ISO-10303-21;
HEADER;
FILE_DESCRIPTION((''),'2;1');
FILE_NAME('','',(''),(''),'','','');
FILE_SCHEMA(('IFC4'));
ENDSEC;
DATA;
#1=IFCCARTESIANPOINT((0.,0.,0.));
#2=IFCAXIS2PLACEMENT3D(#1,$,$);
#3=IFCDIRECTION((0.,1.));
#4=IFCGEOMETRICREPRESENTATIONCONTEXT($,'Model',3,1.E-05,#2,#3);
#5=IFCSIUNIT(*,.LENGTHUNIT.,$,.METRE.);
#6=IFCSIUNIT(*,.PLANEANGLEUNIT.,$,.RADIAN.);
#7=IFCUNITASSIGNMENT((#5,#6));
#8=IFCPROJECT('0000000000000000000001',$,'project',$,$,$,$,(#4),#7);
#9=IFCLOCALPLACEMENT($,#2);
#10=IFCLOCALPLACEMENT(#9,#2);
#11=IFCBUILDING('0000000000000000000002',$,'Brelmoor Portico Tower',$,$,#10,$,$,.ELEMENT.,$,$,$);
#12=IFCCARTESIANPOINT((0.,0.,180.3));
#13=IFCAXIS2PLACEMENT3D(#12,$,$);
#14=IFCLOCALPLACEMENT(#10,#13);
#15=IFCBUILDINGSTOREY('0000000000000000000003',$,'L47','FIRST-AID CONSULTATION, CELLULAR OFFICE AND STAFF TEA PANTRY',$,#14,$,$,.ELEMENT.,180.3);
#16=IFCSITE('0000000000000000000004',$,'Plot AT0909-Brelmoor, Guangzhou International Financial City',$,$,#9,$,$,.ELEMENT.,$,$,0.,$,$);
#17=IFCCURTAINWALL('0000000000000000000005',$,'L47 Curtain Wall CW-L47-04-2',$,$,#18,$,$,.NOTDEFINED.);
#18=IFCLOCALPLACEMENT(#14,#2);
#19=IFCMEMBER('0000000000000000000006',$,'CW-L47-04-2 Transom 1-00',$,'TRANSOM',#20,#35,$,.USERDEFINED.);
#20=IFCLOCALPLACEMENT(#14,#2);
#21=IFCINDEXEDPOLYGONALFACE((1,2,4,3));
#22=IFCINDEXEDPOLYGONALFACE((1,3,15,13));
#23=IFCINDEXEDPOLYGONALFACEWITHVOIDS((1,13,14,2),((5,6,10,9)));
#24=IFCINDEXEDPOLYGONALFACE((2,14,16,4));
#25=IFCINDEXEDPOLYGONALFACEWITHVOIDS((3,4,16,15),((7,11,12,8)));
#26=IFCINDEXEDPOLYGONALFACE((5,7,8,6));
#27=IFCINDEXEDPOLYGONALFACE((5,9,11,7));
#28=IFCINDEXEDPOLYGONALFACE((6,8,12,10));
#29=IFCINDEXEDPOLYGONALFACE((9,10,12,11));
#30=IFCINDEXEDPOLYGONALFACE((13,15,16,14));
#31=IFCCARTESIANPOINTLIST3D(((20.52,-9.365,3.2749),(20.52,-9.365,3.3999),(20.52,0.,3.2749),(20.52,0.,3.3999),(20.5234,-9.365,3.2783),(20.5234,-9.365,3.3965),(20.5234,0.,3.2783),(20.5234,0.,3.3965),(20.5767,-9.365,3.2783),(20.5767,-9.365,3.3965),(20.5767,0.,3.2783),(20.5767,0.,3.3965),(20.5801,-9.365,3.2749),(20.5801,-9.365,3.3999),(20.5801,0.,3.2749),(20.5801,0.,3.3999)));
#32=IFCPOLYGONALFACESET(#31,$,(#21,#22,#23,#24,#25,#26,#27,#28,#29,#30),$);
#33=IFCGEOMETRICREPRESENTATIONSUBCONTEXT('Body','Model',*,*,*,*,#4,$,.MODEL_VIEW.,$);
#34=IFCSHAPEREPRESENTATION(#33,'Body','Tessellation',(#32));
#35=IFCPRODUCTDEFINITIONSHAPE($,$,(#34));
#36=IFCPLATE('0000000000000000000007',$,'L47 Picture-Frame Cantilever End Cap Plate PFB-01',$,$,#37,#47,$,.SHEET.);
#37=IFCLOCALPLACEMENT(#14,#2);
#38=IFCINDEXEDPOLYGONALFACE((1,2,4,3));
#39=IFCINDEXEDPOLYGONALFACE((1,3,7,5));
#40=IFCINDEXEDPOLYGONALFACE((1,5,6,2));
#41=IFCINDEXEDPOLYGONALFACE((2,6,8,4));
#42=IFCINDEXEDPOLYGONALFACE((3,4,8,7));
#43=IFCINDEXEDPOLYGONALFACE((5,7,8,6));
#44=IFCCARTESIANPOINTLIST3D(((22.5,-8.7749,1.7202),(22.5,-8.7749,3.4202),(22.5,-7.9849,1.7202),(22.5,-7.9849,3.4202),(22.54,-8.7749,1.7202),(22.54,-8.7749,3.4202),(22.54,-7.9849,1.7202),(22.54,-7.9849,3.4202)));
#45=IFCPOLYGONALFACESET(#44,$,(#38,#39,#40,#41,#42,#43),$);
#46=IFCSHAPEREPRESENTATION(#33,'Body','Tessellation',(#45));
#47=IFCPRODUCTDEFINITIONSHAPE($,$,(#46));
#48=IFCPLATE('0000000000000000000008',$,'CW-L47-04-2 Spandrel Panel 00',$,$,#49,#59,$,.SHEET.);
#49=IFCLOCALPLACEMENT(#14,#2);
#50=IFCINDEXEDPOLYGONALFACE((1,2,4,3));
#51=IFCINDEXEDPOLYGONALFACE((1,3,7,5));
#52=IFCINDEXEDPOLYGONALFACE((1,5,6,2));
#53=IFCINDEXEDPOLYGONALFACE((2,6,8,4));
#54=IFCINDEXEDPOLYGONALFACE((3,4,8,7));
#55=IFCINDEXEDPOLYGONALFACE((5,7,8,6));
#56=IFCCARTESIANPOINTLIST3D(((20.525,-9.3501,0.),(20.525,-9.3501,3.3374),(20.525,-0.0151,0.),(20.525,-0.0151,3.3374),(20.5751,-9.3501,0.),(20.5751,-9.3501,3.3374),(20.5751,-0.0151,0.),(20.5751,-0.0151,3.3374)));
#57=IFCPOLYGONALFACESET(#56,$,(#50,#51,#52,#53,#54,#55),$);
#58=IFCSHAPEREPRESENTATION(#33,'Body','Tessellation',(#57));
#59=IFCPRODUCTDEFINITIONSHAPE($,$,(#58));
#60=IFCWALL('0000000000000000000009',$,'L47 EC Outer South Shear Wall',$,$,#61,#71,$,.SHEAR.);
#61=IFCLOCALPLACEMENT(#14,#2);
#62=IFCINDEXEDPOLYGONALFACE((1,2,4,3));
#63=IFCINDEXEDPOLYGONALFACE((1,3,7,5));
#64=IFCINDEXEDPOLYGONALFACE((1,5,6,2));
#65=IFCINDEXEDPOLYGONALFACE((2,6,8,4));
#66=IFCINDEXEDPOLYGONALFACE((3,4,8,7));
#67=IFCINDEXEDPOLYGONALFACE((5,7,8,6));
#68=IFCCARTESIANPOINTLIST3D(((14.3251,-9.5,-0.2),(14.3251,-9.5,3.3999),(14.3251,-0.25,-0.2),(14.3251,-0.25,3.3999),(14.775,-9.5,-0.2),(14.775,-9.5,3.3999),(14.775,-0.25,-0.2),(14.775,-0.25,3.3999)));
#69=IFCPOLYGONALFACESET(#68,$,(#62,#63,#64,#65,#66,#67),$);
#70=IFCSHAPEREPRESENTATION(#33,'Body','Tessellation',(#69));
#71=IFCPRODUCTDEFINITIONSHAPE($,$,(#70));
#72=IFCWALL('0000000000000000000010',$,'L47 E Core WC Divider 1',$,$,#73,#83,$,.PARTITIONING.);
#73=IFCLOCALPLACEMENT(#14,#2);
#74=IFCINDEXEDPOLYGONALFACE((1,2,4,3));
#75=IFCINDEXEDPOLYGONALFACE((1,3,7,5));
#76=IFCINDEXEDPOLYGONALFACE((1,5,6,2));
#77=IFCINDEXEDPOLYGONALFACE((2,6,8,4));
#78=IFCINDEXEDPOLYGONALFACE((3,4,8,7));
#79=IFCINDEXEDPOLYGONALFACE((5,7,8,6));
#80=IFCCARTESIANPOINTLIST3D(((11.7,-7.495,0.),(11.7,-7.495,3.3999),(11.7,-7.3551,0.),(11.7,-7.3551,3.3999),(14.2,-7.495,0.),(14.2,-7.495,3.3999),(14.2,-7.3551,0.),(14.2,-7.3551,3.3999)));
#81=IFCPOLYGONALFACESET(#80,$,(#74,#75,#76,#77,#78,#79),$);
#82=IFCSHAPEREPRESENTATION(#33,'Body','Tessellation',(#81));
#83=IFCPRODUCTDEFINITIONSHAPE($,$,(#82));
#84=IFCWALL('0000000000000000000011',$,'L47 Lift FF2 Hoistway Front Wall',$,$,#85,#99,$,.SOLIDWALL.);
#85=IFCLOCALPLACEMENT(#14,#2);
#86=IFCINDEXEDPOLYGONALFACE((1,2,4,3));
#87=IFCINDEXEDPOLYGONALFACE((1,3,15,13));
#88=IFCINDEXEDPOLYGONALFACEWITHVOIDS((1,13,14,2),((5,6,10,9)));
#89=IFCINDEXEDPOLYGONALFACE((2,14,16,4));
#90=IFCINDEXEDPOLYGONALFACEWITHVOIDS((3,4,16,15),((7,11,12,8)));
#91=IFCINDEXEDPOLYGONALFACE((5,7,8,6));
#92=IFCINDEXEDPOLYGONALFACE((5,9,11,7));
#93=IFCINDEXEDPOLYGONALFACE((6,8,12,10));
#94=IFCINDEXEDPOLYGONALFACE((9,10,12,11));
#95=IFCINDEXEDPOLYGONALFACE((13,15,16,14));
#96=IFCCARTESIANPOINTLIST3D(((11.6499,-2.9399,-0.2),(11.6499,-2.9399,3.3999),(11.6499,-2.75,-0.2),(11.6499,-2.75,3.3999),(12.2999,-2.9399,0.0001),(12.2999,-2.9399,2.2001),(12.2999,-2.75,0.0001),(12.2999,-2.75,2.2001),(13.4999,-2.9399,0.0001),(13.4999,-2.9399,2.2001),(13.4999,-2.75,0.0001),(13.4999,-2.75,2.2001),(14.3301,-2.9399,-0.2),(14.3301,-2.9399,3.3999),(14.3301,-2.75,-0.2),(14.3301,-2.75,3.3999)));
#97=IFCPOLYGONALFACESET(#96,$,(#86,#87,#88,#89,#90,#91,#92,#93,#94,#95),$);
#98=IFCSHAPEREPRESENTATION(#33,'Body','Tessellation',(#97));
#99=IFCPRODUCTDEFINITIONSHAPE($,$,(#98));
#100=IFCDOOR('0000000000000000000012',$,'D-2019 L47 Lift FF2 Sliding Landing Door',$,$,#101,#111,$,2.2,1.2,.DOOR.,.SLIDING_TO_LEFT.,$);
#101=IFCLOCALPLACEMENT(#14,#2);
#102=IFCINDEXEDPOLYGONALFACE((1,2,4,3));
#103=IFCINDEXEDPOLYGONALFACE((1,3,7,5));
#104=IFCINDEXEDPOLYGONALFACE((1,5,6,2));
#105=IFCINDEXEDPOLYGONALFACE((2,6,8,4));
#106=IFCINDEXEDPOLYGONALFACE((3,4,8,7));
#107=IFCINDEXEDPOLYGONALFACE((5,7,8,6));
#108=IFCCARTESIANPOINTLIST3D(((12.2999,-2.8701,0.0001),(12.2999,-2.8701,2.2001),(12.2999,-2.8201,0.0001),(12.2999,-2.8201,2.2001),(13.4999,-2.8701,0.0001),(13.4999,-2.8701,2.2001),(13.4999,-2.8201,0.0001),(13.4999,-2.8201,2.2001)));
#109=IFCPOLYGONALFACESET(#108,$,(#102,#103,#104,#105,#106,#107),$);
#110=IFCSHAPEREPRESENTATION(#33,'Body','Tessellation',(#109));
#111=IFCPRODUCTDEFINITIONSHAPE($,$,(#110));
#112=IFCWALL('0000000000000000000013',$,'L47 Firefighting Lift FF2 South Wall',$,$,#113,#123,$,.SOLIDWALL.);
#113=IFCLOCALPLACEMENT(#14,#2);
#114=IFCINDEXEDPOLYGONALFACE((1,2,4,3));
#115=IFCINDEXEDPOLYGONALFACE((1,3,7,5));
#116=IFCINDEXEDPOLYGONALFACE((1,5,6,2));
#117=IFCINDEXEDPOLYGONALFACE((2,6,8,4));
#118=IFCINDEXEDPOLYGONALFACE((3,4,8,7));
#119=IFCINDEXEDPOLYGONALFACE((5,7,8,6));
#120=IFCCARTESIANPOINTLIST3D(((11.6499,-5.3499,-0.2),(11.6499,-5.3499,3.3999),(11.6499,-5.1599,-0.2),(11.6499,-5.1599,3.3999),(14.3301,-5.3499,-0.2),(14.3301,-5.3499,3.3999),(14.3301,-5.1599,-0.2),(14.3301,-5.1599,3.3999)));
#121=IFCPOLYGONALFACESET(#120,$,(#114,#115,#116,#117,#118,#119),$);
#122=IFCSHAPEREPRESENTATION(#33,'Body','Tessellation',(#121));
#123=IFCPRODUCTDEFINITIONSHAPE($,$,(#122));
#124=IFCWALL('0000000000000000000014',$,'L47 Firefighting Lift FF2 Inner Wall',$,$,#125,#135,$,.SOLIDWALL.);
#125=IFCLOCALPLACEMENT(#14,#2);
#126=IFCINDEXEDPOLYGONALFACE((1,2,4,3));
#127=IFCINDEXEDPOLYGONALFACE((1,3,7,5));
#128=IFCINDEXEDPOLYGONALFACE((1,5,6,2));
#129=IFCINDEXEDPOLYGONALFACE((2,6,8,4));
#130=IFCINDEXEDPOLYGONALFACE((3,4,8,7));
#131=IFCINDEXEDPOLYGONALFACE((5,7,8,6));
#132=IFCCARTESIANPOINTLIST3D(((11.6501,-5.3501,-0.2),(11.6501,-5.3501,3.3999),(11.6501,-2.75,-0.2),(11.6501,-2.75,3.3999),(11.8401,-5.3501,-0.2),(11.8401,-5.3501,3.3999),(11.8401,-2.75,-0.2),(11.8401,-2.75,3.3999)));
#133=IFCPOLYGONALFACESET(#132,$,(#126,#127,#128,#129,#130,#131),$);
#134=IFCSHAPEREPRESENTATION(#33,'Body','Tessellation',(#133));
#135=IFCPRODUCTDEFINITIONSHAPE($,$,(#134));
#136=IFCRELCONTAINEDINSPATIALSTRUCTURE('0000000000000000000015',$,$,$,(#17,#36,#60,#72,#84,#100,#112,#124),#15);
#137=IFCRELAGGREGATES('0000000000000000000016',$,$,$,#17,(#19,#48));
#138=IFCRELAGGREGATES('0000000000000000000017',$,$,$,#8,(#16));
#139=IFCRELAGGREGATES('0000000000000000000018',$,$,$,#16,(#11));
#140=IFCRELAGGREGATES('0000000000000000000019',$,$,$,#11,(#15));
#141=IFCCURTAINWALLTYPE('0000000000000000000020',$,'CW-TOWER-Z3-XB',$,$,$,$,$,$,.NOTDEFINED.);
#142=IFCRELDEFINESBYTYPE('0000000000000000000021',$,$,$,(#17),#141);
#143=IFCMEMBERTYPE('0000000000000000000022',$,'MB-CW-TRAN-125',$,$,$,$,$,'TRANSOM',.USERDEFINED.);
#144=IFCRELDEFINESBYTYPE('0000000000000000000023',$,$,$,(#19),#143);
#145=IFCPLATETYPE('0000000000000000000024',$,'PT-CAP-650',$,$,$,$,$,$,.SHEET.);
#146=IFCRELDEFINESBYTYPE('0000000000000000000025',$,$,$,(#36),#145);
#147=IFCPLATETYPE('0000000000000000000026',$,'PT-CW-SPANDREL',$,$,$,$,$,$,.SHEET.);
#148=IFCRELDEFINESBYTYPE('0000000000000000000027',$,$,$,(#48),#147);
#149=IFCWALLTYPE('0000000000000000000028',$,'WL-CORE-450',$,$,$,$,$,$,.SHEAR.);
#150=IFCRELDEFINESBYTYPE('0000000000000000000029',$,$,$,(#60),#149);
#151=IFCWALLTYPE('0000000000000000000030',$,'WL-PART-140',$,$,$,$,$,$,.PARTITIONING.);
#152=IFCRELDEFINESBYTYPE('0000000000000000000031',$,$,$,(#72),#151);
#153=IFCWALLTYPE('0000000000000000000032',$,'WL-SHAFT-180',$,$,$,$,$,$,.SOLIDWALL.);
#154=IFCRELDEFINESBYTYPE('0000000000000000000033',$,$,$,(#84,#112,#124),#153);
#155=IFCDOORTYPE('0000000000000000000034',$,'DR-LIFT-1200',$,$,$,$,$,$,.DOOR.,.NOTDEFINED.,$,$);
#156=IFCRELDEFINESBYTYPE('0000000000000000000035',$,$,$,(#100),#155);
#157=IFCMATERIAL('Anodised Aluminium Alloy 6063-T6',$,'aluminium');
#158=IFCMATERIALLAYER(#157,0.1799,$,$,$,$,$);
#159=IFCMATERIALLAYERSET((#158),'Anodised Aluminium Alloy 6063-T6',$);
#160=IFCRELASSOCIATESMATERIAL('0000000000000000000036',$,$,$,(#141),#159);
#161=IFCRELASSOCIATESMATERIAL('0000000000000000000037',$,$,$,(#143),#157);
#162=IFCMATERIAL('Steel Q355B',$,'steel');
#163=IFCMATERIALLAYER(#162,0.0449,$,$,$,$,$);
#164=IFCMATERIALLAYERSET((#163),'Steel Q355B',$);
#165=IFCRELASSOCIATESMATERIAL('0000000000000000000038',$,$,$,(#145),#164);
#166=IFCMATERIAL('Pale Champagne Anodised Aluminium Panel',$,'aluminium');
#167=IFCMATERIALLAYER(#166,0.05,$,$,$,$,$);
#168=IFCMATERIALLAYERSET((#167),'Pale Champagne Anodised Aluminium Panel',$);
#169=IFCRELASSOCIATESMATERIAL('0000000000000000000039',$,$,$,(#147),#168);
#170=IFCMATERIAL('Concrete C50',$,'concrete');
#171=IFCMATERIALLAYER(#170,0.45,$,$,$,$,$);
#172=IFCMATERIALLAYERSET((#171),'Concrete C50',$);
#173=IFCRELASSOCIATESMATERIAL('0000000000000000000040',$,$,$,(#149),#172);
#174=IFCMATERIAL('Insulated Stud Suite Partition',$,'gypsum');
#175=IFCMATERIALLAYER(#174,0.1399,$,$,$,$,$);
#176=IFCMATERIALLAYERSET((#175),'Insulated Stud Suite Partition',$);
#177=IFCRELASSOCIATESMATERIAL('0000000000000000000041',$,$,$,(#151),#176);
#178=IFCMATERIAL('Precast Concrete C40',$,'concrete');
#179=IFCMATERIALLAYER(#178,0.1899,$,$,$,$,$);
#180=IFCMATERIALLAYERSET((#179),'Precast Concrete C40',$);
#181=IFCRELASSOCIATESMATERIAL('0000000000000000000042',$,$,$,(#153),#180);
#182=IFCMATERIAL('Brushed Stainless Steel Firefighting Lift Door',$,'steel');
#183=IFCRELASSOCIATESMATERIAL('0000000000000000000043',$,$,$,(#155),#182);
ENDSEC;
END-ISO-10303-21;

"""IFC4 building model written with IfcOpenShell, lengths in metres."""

from ifc_helpers import new_model, si_unit, direction, frame, frame_2d, origin, origin_2d, place, context, subcontext, project, spatial, rectangle, hollow_rectangle, extrude, material, layer, layer_set, material_profile, profile_set, type_object, element, fill, aggregate, save


model = new_model("IFC4")

# Units and contexts
model_context = context("Model", 3, precision=1e-05, world=origin(), true_north=direction((0.0, 1.0)))
body_context = subcontext(model_context, "Body", "Model", "MODEL_VIEW")
ifc_project = project(units=[si_unit("LENGTHUNIT", "METRE"), si_unit("PLANEANGLEUNIT", "RADIAN")], contexts=[model_context])

# Site, building, storey
site_placement = place(None, origin())
site = spatial("IfcSite", under=ifc_project, at=site_placement, Name="Plot AT0909-Brelmoor, Guangzhou International Financial City", CompositionType="ELEMENT", RefElevation=0.0)
building_placement = place(site_placement, origin())
building = spatial("IfcBuilding", under=site, at=building_placement, Name="Brelmoor Portico Tower", CompositionType="ELEMENT")
storey_placement = place(building_placement, frame((0.0, 0.0, 180.3)))
storey = spatial("IfcBuildingStorey", under=building, at=storey_placement, Name="L47", Description="FIRST-AID CONSULTATION, CELLULAR OFFICE AND STAFF TEA PANTRY", CompositionType="ELEMENT", Elevation=180.3)

# Shared definitions
ifc_material_1 = material(Name="Steel Q355B", Category="steel")

# Curtain wall, member
ifc_material_2 = material(Name="Anodised Aluminium Alloy 6063-T6", Category="aluminium")
ifc_layer_1 = layer(ifc_material_2, 0.1799)
ifc_layer_set_1 = layer_set([ifc_layer_1], Name="Anodised Aluminium Alloy 6063-T6")
curtain_wall_type = type_object("IfcCurtainWallType", Name="CW-TOWER-Z3-XB", PredefinedType="NOTDEFINED", material=ifc_layer_set_1)
curtain_wall_placement = place(storey_placement, origin())
curtain_wall = element("IfcCurtainWall", 1, at=curtain_wall_placement, inside=storey, type_object=curtain_wall_type, Name="L47 Curtain Wall CW-L47-04-2", PredefinedType="NOTDEFINED")
ifc_material_profile_1 = material_profile(ifc_material_2, hollow_rectangle(XDim=0.0601, YDim=0.125, WallThickness=0.0034, at=origin_2d()), Name="ALU TRANSOM 60x125")
ifc_profile_set_1 = profile_set([ifc_material_profile_1], Name="Anodised Aluminium Alloy 6063-T6")
member_type_1 = type_object("IfcMemberType", Name="MB-CW-TRAN-125", ElementType="TRANSOM", PredefinedType="USERDEFINED", material=ifc_profile_set_1)
member_1_placement = place(storey_placement, frame((20.55, -9.365, 3.3374), z_axis=(0.0, 1.0, 0.0), x_axis=(-1.0, 0.0, 0.0)))
member_1 = element("IfcMember", 2, at=member_1_placement, type_object=member_type_1, Name="CW-L47-04-2 Transom 1-00", ObjectType="TRANSOM", PredefinedType="USERDEFINED", context=body_context, shape_type="SweptSolid", body=[
    extrude(hollow_rectangle(XDim=0.0601, YDim=0.125, WallThickness=0.0034, at=origin_2d()), origin(), (0.0, 0.0, 1.0), 9.365),
])

# Plates
ifc_layer_2 = layer(ifc_material_1, 0.0449)
ifc_layer_set_2 = layer_set([ifc_layer_2], Name="Steel Q355B")
plate_type_1 = type_object("IfcPlateType", Name="PT-CAP-650", PredefinedType="SHEET", material=ifc_layer_set_2)
plate_1_placement = place(storey_placement, frame((22.52, -8.3799, 1.7202), z_axis=(0.0, 0.0, 1.0), x_axis=(1.0, 0.0, 0.0)))
element("IfcPlate", 3, at=plate_1_placement, inside=storey, type_object=plate_type_1, Name="L47 Picture-Frame Cantilever End Cap Plate PFB-01", PredefinedType="SHEET", context=body_context, shape_type="SweptSolid", body=[
    extrude(rectangle(XDim=0.04, YDim=0.79, at=origin_2d()), origin(), (0.0, 0.0, 1.0), 1.7),
])
ifc_material_3 = material(Name="Pale Champagne Anodised Aluminium Panel", Category="aluminium")
ifc_layer_3 = layer(ifc_material_3, 0.05)
ifc_layer_set_3 = layer_set([ifc_layer_3], Name="Pale Champagne Anodised Aluminium Panel")
plate_type_2 = type_object("IfcPlateType", Name="PT-CW-SPANDREL", PredefinedType="SHEET", material=ifc_layer_set_3)
plate_2_placement = place(storey_placement, frame((20.55, -4.6826, 0.0), z_axis=(0.0, 0.0, 1.0), x_axis=(0.0, 1.0, 0.0)))
plate_2 = element("IfcPlate", 4, at=plate_2_placement, type_object=plate_type_2, Name="CW-L47-04-2 Spandrel Panel 00", PredefinedType="SHEET", context=body_context, shape_type="SweptSolid", body=[
    extrude(rectangle(XDim=9.335, YDim=0.05, at=origin_2d()), origin(), (0.0, 0.0, 1.0), 3.3374),
])
aggregate(curtain_wall, [member_1, plate_2])

# Walls
ifc_material_4 = material(Name="Concrete C50", Category="concrete")
ifc_layer_4 = layer(ifc_material_4, 0.45)
ifc_layer_set_4 = layer_set([ifc_layer_4], Name="Concrete C50")
wall_type_1 = type_object("IfcWallType", Name="WL-CORE-450", PredefinedType="SHEAR", material=ifc_layer_set_4)
wall_1_placement = place(storey_placement, frame((14.55, -9.5, -0.2), z_axis=(0.0, 0.0, 1.0), x_axis=(0.0, 1.0, 0.0)))
element("IfcWall", 5, at=wall_1_placement, inside=storey, type_object=wall_type_1, Name="L47 EC Outer South Shear Wall", PredefinedType="SHEAR", context=body_context, shape_type="SweptSolid", body=[
    extrude(rectangle(XDim=9.25, YDim=0.45, at=frame_2d((4.625, 0.0))), origin(), (0.0, 0.0, 1.0), 3.5999),
])
ifc_material_5 = material(Name="Insulated Stud Suite Partition", Category="gypsum")
ifc_layer_5 = layer(ifc_material_5, 0.1399)
ifc_layer_set_5 = layer_set([ifc_layer_5], Name="Insulated Stud Suite Partition")
wall_type_2 = type_object("IfcWallType", Name="WL-PART-140", PredefinedType="PARTITIONING", material=ifc_layer_set_5)
wall_2_placement = place(storey_placement, frame((11.7, -7.425, 0.0), z_axis=(0.0, 0.0, 1.0), x_axis=(1.0, 0.0, 0.0)))
element("IfcWall", 6, at=wall_2_placement, inside=storey, type_object=wall_type_2, Name="L47 E Core WC Divider 1", PredefinedType="PARTITIONING", context=body_context, shape_type="SweptSolid", body=[
    extrude(rectangle(XDim=2.5, YDim=0.1399, at=frame_2d((1.25, 0.0))), origin(), (0.0, 0.0, 1.0), 3.3999),
])

# Wall, opening, door
ifc_material_6 = material(Name="Precast Concrete C40", Category="concrete")
ifc_layer_6 = layer(ifc_material_6, 0.1899)
ifc_layer_set_6 = layer_set([ifc_layer_6], Name="Precast Concrete C40")
wall_type_3 = type_object("IfcWallType", Name="WL-SHAFT-180", PredefinedType="SOLIDWALL", material=ifc_layer_set_6)
wall_3_placement = place(storey_placement, frame((11.6499, -2.845, -0.2), z_axis=(0.0, 0.0, 1.0), x_axis=(1.0, 0.0, 0.0)))
wall_3 = element("IfcWall", 7, at=wall_3_placement, inside=storey, type_object=wall_type_3, Name="L47 Lift FF2 Hoistway Front Wall", PredefinedType="SOLIDWALL", context=body_context, shape_type="SweptSolid", body=[
    extrude(rectangle(XDim=2.6802, YDim=0.1899, at=frame_2d((1.3401, 0.0))), origin(), (0.0, 0.0, 1.0), 3.5999),
])
opening_1_placement = place(wall_3_placement, frame((0.6499, 0.0, 0.2)))
opening_1 = element("IfcOpeningElement", 8, at=opening_1_placement, cuts=wall_3, PredefinedType="OPENING", context=body_context, shape_type="SweptSolid", body=[
    extrude(rectangle(XDim=1.2, YDim=2.2, at=frame_2d((0.6001, 1.1001))), frame((0.0, 0.105, 0.0), z_axis=(0.0, -1.0, 0.0), x_axis=(1.0, 0.0, 0.0)), (0.0, 0.0, 1.0), 0.21),
])
ifc_material_7 = material(Name="Brushed Stainless Steel Firefighting Lift Door", Category="steel")
door_type_1 = type_object("IfcDoorType", Name="DR-LIFT-1200", OperationType="NOTDEFINED", PredefinedType="DOOR", material=ifc_material_7)
door_1_placement = place(opening_1_placement, origin())
door_1 = element("IfcDoor", 9, at=door_1_placement, inside=storey, type_object=door_type_1, Name="D-2019 L47 Lift FF2 Sliding Landing Door", OperationType="SLIDING_TO_LEFT", OverallHeight=2.2, OverallWidth=1.2, PredefinedType="DOOR", context=body_context, shape_type="SweptSolid", body=[
    extrude(rectangle(XDim=1.2, YDim=2.2, at=frame_2d((0.6001, 1.1001))), frame((0.0, 0.0249, 0.0), z_axis=(0.0, -1.0, 0.0), x_axis=(1.0, 0.0, 0.0)), (0.0, 0.0, 1.0), 0.05),
])
fill(opening_1, door_1)

# Walls
wall_4_placement = place(storey_placement, frame((11.6499, -5.2549, -0.2), z_axis=(0.0, 0.0, 1.0), x_axis=(1.0, 0.0, 0.0)))
element("IfcWall", 10, at=wall_4_placement, inside=storey, type_object=wall_type_3, Name="L47 Firefighting Lift FF2 South Wall", PredefinedType="SOLIDWALL", context=body_context, shape_type="SweptSolid", body=[
    extrude(rectangle(XDim=2.6802, YDim=0.1899, at=frame_2d((1.3401, 0.0))), origin(), (0.0, 0.0, 1.0), 3.5999),
])
wall_5_placement = place(storey_placement, frame((11.7451, -5.3501, -0.2), z_axis=(0.0, 0.0, 1.0), x_axis=(0.0, 1.0, 0.0)))
element("IfcWall", 11, at=wall_5_placement, inside=storey, type_object=wall_type_3, Name="L47 Firefighting Lift FF2 Inner Wall", PredefinedType="SOLIDWALL", context=body_context, shape_type="SweptSolid", body=[
    extrude(rectangle(XDim=2.6001, YDim=0.1899, at=frame_2d((1.3, 0.0))), origin(), (0.0, 0.0, 1.0), 3.5999),
])

save(model, "model.ifc")
